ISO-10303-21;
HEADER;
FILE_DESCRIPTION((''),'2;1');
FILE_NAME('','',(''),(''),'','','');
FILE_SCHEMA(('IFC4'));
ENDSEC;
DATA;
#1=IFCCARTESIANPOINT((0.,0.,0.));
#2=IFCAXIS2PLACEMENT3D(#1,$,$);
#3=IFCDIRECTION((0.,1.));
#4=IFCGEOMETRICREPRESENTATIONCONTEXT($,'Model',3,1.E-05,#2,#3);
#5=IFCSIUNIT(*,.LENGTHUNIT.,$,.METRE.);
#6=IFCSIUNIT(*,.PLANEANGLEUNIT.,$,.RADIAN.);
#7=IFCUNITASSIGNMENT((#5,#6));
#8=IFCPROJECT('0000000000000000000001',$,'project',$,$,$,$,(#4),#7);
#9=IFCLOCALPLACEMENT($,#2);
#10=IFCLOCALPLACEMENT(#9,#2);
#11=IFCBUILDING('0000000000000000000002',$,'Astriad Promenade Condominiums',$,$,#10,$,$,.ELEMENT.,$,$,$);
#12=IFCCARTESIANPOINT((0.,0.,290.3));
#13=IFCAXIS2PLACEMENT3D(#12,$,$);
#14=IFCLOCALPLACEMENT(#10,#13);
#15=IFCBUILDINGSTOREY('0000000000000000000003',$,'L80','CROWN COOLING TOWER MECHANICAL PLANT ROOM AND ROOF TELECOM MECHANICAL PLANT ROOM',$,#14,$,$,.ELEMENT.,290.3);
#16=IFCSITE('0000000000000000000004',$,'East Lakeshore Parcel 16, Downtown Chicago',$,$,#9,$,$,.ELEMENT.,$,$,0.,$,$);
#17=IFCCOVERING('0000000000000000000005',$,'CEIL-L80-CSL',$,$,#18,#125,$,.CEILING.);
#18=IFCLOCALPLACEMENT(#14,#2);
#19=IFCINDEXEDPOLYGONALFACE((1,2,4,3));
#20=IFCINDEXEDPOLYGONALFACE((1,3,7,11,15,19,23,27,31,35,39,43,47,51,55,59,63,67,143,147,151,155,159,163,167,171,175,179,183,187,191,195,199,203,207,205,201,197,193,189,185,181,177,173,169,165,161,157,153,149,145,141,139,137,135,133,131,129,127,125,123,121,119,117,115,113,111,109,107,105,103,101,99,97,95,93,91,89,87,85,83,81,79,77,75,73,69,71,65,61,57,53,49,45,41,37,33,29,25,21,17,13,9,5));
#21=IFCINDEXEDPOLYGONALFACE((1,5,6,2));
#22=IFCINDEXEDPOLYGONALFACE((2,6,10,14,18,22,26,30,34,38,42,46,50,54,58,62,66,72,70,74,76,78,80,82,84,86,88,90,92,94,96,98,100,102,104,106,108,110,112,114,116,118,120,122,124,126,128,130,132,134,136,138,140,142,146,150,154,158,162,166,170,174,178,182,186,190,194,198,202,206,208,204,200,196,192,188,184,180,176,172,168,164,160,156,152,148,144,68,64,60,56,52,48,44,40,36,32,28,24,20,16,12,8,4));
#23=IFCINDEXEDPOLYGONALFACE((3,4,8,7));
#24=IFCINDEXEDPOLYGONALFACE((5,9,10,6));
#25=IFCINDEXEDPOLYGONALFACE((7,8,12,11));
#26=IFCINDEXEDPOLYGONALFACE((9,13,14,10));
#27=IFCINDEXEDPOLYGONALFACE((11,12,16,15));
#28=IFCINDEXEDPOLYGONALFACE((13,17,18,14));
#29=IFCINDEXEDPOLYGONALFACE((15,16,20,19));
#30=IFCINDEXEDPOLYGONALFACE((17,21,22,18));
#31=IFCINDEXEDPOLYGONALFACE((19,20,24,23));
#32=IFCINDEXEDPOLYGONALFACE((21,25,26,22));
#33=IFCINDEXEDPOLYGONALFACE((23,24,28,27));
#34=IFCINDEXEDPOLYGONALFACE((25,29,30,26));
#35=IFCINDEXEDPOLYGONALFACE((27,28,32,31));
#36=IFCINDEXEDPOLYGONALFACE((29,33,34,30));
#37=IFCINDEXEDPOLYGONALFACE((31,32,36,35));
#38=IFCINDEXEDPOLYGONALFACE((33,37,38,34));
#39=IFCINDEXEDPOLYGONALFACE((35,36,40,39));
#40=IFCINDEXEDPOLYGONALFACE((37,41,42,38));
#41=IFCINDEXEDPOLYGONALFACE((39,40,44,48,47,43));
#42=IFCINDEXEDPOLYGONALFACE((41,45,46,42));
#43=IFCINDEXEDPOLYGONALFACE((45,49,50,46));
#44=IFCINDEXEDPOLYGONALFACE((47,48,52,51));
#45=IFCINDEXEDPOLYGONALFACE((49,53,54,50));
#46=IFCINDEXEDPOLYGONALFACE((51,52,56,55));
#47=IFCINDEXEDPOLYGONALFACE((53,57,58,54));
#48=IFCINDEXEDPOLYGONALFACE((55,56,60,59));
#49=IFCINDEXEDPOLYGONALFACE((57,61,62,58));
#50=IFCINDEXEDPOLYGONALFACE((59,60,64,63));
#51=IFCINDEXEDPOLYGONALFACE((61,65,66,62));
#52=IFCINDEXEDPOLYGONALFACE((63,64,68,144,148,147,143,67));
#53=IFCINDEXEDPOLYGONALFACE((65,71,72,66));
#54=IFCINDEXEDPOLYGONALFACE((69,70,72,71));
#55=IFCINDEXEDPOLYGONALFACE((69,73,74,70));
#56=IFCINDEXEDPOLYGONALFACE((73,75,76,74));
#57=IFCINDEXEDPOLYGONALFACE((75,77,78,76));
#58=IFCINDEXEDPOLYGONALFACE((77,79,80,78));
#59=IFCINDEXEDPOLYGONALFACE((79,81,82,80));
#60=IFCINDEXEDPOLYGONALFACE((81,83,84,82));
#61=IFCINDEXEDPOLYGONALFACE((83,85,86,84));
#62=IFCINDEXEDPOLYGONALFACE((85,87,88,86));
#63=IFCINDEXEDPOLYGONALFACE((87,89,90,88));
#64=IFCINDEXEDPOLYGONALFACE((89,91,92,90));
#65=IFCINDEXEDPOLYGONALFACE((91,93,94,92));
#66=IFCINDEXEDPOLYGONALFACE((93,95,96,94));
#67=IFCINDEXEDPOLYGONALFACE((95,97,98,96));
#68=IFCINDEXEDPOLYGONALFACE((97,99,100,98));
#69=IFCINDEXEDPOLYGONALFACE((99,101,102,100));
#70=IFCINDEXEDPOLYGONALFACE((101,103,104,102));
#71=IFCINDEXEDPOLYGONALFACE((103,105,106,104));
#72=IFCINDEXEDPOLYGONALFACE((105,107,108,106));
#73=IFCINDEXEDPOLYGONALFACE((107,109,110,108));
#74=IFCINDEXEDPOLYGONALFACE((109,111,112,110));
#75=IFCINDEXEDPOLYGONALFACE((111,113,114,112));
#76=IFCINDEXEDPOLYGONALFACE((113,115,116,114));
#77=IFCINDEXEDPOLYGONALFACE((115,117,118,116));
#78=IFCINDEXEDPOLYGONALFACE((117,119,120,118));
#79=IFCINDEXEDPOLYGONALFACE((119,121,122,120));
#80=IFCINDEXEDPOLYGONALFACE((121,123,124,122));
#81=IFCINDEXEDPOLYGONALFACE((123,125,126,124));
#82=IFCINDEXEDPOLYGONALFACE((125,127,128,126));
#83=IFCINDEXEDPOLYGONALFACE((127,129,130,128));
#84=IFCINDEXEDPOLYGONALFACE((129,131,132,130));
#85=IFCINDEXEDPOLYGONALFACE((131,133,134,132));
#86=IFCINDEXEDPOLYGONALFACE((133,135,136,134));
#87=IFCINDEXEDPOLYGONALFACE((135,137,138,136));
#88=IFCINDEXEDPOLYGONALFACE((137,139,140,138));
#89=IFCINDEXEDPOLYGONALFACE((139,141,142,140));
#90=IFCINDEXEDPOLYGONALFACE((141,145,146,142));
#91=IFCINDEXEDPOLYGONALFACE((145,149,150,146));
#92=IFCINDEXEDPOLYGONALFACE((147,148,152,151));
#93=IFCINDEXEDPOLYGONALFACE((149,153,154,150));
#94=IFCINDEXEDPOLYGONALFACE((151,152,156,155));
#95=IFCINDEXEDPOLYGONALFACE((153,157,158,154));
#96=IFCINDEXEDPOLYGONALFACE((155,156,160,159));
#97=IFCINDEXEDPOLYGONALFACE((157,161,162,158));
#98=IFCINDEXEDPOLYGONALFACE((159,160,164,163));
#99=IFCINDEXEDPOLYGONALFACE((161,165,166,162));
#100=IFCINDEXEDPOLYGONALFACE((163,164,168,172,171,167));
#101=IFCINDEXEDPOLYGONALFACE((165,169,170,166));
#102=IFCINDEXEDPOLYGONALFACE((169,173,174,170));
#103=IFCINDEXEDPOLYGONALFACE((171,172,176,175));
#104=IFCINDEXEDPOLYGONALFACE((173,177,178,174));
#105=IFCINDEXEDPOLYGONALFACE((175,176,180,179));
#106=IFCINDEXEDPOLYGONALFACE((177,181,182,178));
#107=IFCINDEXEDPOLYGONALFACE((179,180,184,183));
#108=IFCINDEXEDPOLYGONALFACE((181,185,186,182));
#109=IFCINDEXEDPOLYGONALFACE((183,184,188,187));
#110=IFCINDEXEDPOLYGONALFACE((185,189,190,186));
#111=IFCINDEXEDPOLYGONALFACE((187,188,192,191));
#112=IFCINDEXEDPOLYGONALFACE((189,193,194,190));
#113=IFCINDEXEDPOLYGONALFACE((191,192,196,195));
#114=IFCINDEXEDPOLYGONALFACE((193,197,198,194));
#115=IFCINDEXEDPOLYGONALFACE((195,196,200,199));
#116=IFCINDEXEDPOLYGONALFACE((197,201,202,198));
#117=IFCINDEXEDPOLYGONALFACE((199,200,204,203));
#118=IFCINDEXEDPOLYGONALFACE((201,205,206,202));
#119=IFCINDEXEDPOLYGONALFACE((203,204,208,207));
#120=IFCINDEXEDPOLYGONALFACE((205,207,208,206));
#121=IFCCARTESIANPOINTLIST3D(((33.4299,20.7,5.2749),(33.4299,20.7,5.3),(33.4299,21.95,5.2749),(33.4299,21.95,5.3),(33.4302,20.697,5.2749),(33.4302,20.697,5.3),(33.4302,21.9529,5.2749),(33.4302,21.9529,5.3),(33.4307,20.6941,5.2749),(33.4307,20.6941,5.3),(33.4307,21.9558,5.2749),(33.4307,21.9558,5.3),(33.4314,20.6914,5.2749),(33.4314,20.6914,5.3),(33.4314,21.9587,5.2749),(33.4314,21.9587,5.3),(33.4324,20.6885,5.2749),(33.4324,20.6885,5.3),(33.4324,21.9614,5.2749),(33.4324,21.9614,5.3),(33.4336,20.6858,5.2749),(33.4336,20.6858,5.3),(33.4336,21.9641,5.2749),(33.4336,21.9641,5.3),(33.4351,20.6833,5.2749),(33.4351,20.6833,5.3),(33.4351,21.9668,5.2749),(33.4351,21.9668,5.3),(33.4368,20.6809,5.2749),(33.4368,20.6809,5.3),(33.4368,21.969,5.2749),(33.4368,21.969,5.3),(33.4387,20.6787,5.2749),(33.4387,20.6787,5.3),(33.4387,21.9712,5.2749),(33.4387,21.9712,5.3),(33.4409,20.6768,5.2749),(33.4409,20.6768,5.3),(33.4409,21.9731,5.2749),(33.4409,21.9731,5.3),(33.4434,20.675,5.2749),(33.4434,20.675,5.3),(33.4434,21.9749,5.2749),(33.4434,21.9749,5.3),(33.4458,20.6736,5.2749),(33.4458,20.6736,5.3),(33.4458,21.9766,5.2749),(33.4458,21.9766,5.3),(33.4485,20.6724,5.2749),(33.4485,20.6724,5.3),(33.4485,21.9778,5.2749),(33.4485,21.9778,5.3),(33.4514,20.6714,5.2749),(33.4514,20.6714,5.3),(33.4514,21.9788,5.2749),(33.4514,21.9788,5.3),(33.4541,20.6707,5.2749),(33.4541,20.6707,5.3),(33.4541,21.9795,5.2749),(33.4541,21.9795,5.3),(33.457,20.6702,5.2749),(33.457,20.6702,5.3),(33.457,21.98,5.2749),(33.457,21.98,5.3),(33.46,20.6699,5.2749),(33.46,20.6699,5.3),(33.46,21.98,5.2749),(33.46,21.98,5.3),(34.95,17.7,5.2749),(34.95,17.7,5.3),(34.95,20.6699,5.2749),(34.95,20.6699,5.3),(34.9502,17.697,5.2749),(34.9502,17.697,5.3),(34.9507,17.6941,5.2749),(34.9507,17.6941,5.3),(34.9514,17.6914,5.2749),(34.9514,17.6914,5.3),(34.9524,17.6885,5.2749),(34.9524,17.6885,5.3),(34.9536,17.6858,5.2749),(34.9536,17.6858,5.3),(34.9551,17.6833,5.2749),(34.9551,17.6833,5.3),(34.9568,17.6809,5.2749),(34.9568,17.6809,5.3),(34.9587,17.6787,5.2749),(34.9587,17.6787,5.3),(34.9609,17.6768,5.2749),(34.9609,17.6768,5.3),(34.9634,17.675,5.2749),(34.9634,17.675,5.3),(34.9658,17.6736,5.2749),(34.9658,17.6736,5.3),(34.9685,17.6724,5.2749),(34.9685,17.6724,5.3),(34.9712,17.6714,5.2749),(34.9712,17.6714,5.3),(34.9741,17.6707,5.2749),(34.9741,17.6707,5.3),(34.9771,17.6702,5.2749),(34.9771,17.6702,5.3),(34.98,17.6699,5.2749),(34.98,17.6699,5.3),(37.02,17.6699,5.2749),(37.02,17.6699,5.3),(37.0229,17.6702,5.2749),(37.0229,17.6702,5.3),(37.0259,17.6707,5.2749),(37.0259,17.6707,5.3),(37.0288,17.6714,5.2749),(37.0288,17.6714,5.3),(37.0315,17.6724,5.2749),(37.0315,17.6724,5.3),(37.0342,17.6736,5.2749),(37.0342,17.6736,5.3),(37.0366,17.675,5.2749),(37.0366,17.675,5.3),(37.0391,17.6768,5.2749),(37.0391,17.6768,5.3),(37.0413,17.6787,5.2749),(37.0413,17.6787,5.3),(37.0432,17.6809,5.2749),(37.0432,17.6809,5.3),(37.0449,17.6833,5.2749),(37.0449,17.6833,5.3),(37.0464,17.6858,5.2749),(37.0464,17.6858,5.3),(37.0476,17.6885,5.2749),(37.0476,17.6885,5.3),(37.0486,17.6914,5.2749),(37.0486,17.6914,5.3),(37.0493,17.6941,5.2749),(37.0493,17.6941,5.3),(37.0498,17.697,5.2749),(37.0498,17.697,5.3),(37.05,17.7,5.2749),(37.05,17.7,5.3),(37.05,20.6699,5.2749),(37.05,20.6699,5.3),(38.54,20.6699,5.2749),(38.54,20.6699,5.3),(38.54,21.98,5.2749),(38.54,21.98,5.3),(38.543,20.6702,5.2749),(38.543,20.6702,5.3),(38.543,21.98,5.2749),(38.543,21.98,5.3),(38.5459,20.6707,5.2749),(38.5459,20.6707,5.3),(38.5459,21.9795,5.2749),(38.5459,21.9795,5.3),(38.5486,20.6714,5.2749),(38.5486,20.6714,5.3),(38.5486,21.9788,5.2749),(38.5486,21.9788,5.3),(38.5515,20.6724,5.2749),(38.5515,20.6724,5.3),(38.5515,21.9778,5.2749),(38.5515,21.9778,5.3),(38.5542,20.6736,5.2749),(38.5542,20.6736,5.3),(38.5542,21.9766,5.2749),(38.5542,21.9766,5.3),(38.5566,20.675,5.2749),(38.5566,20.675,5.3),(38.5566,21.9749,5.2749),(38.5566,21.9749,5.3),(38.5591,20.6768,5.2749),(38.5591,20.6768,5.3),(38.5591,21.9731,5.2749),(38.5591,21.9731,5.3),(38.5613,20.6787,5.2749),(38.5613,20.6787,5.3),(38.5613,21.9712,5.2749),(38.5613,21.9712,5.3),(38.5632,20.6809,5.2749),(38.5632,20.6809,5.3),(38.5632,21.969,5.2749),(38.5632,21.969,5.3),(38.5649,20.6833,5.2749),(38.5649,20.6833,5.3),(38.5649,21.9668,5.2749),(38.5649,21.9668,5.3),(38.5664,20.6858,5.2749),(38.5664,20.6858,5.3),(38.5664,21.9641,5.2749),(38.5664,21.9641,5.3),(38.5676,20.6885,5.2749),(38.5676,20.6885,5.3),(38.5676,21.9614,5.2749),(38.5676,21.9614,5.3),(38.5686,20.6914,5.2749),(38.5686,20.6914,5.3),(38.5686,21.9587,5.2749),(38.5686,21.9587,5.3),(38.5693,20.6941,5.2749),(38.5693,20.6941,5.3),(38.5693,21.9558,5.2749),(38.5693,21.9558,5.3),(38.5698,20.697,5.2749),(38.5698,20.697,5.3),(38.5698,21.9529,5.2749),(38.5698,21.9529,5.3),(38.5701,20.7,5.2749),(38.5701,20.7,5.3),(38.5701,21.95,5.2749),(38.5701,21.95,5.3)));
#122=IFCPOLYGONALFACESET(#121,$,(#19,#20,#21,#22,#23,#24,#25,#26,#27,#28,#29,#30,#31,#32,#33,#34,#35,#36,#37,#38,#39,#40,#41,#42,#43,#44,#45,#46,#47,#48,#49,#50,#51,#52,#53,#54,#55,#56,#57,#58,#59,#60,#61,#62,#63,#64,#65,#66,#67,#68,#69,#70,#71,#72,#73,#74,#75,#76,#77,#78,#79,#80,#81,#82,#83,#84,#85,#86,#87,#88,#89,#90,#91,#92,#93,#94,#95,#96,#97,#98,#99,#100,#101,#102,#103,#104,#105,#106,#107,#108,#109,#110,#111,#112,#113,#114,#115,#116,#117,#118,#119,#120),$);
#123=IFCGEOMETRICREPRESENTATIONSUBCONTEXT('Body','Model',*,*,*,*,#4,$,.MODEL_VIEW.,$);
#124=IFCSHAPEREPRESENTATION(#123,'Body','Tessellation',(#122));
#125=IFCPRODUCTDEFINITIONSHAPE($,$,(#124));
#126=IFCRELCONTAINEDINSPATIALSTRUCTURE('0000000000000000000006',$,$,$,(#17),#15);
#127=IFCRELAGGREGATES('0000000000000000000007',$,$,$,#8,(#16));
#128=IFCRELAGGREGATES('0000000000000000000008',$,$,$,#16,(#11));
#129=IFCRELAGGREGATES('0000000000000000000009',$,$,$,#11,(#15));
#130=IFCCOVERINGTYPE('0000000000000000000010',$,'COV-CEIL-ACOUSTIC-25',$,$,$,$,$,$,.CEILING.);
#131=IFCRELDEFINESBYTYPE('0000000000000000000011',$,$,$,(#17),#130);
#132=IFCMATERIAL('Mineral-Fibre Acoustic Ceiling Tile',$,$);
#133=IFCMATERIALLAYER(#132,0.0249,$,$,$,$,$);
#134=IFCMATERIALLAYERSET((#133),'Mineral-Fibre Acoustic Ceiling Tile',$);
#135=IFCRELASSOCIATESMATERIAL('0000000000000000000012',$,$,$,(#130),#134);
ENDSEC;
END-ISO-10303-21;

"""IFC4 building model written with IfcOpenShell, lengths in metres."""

from ifc_helpers import new_model, si_unit, direction, frame, origin, place, context, subcontext, project, spatial, polyline, outline, extrude, material, layer, layer_set, type_object, element, save


model = new_model("IFC4")

# Units and contexts
model_context = context("Model", 3, precision=1e-05, world=origin(), true_north=direction((0.0, 1.0)))
body_context = subcontext(model_context, "Body", "Model", "MODEL_VIEW")
ifc_project = project(units=[si_unit("LENGTHUNIT", "METRE"), si_unit("PLANEANGLEUNIT", "RADIAN")], contexts=[model_context])

# Site, building, storey
site_placement = place(None, origin())
site = spatial("IfcSite", under=ifc_project, at=site_placement, Name="East Lakeshore Parcel 16, Downtown Chicago", CompositionType="ELEMENT", RefElevation=0.0)
building_placement = place(site_placement, origin())
building = spatial("IfcBuilding", under=site, at=building_placement, Name="Astriad Promenade Condominiums", CompositionType="ELEMENT")
storey_placement = place(building_placement, frame((0.0, 0.0, 290.3)))
storey = spatial("IfcBuildingStorey", under=building, at=storey_placement, Name="L80", Description="CROWN COOLING TOWER MECHANICAL PLANT ROOM AND ROOF TELECOM MECHANICAL PLANT ROOM", CompositionType="ELEMENT", Elevation=290.3)

# Covering
ifc_material_1 = material(Name="Mineral-Fibre Acoustic Ceiling Tile")
ifc_layer_1 = layer(ifc_material_1, 0.0249)
ifc_layer_set_1 = layer_set([ifc_layer_1], Name="Mineral-Fibre Acoustic Ceiling Tile")
covering_type_1 = type_object("IfcCoveringType", Name="COV-CEIL-ACOUSTIC-25", PredefinedType="CEILING", material=ifc_layer_set_1)
covering_1_placement = place(storey_placement, frame((0.0, 0.0, 5.2749)))
element("IfcCovering", 1, at=covering_1_placement, inside=storey, type_object=covering_type_1, Name="CEIL-L80-CSL", PredefinedType="CEILING", context=body_context, shape_type="SweptSolid", body=[
    extrude(outline(polyline([(37.05, 17.7), (37.0498, 17.697), (37.0493, 17.6941), (37.0486, 17.6914), (37.0476, 17.6885), (37.0464, 17.6858), (37.0449, 17.6833), (37.0432, 17.6809), (37.0413, 17.6787), (37.0391, 17.6768), (37.0366, 17.675), (37.0342, 17.6736), (37.0315, 17.6724), (37.0288, 17.6714), (37.0259, 17.6707), (37.0229, 17.6702), (37.02, 17.6699), (34.98, 17.6699), (34.9771, 17.6702), (34.9741, 17.6707), (34.9712, 17.6714), (34.9685, 17.6724), (34.9658, 17.6736), (34.9634, 17.675), (34.9609, 17.6768), (34.9587, 17.6787), (34.9568, 17.6809), (34.9551, 17.6833), (34.9536, 17.6858), (34.9524, 17.6885), (34.9514, 17.6914), (34.9507, 17.6941), (34.9502, 17.697), (34.95, 17.7), (34.95, 20.6699), (33.46, 20.6699), (33.457, 20.6702), (33.4541, 20.6707), (33.4514, 20.6714), (33.4485, 20.6724), (33.4458, 20.6736), (33.4434, 20.675), (33.4409, 20.6768), (33.4387, 20.6787), (33.4368, 20.6809), (33.4351, 20.6833), (33.4336, 20.6858), (33.4324, 20.6885), (33.4314, 20.6914), (33.4307, 20.6941), (33.4302, 20.697), (33.4299, 20.7), (33.4299, 21.95), (33.4302, 21.9529), (33.4307, 21.9558), (33.4314, 21.9587), (33.4324, 21.9614), (33.4336, 21.9641), (33.4351, 21.9668), (33.4368, 21.969), (33.4387, 21.9712), (33.4409, 21.9731), (33.4434, 21.9749), (33.4458, 21.9766), (33.4485, 21.9778), (33.4514, 21.9788), (33.4541, 21.9795), (33.457, 21.98), (33.46, 21.98), (38.54, 21.98), (38.543, 21.98), (38.5459, 21.9795), (38.5486, 21.9788), (38.5515, 21.9778), (38.5542, 21.9766), (38.5566, 21.9749), (38.5591, 21.9731), (38.5613, 21.9712), (38.5632, 21.969), (38.5649, 21.9668), (38.5664, 21.9641), (38.5676, 21.9614), (38.5686, 21.9587), (38.5693, 21.9558), (38.5698, 21.9529), (38.5701, 21.95), (38.5701, 20.7), (38.5698, 20.697), (38.5693, 20.6941), (38.5686, 20.6914), (38.5676, 20.6885), (38.5664, 20.6858), (38.5649, 20.6833), (38.5632, 20.6809), (38.5613, 20.6787), (38.5591, 20.6768), (38.5566, 20.675), (38.5542, 20.6736), (38.5515, 20.6724), (38.5486, 20.6714), (38.5459, 20.6707), (38.543, 20.6702), (38.54, 20.6699), (37.05, 20.6699), (37.05, 17.7)])), origin(), (0.0, 0.0, 1.0), 0.0251),
])

save(model, "model.ifc")
